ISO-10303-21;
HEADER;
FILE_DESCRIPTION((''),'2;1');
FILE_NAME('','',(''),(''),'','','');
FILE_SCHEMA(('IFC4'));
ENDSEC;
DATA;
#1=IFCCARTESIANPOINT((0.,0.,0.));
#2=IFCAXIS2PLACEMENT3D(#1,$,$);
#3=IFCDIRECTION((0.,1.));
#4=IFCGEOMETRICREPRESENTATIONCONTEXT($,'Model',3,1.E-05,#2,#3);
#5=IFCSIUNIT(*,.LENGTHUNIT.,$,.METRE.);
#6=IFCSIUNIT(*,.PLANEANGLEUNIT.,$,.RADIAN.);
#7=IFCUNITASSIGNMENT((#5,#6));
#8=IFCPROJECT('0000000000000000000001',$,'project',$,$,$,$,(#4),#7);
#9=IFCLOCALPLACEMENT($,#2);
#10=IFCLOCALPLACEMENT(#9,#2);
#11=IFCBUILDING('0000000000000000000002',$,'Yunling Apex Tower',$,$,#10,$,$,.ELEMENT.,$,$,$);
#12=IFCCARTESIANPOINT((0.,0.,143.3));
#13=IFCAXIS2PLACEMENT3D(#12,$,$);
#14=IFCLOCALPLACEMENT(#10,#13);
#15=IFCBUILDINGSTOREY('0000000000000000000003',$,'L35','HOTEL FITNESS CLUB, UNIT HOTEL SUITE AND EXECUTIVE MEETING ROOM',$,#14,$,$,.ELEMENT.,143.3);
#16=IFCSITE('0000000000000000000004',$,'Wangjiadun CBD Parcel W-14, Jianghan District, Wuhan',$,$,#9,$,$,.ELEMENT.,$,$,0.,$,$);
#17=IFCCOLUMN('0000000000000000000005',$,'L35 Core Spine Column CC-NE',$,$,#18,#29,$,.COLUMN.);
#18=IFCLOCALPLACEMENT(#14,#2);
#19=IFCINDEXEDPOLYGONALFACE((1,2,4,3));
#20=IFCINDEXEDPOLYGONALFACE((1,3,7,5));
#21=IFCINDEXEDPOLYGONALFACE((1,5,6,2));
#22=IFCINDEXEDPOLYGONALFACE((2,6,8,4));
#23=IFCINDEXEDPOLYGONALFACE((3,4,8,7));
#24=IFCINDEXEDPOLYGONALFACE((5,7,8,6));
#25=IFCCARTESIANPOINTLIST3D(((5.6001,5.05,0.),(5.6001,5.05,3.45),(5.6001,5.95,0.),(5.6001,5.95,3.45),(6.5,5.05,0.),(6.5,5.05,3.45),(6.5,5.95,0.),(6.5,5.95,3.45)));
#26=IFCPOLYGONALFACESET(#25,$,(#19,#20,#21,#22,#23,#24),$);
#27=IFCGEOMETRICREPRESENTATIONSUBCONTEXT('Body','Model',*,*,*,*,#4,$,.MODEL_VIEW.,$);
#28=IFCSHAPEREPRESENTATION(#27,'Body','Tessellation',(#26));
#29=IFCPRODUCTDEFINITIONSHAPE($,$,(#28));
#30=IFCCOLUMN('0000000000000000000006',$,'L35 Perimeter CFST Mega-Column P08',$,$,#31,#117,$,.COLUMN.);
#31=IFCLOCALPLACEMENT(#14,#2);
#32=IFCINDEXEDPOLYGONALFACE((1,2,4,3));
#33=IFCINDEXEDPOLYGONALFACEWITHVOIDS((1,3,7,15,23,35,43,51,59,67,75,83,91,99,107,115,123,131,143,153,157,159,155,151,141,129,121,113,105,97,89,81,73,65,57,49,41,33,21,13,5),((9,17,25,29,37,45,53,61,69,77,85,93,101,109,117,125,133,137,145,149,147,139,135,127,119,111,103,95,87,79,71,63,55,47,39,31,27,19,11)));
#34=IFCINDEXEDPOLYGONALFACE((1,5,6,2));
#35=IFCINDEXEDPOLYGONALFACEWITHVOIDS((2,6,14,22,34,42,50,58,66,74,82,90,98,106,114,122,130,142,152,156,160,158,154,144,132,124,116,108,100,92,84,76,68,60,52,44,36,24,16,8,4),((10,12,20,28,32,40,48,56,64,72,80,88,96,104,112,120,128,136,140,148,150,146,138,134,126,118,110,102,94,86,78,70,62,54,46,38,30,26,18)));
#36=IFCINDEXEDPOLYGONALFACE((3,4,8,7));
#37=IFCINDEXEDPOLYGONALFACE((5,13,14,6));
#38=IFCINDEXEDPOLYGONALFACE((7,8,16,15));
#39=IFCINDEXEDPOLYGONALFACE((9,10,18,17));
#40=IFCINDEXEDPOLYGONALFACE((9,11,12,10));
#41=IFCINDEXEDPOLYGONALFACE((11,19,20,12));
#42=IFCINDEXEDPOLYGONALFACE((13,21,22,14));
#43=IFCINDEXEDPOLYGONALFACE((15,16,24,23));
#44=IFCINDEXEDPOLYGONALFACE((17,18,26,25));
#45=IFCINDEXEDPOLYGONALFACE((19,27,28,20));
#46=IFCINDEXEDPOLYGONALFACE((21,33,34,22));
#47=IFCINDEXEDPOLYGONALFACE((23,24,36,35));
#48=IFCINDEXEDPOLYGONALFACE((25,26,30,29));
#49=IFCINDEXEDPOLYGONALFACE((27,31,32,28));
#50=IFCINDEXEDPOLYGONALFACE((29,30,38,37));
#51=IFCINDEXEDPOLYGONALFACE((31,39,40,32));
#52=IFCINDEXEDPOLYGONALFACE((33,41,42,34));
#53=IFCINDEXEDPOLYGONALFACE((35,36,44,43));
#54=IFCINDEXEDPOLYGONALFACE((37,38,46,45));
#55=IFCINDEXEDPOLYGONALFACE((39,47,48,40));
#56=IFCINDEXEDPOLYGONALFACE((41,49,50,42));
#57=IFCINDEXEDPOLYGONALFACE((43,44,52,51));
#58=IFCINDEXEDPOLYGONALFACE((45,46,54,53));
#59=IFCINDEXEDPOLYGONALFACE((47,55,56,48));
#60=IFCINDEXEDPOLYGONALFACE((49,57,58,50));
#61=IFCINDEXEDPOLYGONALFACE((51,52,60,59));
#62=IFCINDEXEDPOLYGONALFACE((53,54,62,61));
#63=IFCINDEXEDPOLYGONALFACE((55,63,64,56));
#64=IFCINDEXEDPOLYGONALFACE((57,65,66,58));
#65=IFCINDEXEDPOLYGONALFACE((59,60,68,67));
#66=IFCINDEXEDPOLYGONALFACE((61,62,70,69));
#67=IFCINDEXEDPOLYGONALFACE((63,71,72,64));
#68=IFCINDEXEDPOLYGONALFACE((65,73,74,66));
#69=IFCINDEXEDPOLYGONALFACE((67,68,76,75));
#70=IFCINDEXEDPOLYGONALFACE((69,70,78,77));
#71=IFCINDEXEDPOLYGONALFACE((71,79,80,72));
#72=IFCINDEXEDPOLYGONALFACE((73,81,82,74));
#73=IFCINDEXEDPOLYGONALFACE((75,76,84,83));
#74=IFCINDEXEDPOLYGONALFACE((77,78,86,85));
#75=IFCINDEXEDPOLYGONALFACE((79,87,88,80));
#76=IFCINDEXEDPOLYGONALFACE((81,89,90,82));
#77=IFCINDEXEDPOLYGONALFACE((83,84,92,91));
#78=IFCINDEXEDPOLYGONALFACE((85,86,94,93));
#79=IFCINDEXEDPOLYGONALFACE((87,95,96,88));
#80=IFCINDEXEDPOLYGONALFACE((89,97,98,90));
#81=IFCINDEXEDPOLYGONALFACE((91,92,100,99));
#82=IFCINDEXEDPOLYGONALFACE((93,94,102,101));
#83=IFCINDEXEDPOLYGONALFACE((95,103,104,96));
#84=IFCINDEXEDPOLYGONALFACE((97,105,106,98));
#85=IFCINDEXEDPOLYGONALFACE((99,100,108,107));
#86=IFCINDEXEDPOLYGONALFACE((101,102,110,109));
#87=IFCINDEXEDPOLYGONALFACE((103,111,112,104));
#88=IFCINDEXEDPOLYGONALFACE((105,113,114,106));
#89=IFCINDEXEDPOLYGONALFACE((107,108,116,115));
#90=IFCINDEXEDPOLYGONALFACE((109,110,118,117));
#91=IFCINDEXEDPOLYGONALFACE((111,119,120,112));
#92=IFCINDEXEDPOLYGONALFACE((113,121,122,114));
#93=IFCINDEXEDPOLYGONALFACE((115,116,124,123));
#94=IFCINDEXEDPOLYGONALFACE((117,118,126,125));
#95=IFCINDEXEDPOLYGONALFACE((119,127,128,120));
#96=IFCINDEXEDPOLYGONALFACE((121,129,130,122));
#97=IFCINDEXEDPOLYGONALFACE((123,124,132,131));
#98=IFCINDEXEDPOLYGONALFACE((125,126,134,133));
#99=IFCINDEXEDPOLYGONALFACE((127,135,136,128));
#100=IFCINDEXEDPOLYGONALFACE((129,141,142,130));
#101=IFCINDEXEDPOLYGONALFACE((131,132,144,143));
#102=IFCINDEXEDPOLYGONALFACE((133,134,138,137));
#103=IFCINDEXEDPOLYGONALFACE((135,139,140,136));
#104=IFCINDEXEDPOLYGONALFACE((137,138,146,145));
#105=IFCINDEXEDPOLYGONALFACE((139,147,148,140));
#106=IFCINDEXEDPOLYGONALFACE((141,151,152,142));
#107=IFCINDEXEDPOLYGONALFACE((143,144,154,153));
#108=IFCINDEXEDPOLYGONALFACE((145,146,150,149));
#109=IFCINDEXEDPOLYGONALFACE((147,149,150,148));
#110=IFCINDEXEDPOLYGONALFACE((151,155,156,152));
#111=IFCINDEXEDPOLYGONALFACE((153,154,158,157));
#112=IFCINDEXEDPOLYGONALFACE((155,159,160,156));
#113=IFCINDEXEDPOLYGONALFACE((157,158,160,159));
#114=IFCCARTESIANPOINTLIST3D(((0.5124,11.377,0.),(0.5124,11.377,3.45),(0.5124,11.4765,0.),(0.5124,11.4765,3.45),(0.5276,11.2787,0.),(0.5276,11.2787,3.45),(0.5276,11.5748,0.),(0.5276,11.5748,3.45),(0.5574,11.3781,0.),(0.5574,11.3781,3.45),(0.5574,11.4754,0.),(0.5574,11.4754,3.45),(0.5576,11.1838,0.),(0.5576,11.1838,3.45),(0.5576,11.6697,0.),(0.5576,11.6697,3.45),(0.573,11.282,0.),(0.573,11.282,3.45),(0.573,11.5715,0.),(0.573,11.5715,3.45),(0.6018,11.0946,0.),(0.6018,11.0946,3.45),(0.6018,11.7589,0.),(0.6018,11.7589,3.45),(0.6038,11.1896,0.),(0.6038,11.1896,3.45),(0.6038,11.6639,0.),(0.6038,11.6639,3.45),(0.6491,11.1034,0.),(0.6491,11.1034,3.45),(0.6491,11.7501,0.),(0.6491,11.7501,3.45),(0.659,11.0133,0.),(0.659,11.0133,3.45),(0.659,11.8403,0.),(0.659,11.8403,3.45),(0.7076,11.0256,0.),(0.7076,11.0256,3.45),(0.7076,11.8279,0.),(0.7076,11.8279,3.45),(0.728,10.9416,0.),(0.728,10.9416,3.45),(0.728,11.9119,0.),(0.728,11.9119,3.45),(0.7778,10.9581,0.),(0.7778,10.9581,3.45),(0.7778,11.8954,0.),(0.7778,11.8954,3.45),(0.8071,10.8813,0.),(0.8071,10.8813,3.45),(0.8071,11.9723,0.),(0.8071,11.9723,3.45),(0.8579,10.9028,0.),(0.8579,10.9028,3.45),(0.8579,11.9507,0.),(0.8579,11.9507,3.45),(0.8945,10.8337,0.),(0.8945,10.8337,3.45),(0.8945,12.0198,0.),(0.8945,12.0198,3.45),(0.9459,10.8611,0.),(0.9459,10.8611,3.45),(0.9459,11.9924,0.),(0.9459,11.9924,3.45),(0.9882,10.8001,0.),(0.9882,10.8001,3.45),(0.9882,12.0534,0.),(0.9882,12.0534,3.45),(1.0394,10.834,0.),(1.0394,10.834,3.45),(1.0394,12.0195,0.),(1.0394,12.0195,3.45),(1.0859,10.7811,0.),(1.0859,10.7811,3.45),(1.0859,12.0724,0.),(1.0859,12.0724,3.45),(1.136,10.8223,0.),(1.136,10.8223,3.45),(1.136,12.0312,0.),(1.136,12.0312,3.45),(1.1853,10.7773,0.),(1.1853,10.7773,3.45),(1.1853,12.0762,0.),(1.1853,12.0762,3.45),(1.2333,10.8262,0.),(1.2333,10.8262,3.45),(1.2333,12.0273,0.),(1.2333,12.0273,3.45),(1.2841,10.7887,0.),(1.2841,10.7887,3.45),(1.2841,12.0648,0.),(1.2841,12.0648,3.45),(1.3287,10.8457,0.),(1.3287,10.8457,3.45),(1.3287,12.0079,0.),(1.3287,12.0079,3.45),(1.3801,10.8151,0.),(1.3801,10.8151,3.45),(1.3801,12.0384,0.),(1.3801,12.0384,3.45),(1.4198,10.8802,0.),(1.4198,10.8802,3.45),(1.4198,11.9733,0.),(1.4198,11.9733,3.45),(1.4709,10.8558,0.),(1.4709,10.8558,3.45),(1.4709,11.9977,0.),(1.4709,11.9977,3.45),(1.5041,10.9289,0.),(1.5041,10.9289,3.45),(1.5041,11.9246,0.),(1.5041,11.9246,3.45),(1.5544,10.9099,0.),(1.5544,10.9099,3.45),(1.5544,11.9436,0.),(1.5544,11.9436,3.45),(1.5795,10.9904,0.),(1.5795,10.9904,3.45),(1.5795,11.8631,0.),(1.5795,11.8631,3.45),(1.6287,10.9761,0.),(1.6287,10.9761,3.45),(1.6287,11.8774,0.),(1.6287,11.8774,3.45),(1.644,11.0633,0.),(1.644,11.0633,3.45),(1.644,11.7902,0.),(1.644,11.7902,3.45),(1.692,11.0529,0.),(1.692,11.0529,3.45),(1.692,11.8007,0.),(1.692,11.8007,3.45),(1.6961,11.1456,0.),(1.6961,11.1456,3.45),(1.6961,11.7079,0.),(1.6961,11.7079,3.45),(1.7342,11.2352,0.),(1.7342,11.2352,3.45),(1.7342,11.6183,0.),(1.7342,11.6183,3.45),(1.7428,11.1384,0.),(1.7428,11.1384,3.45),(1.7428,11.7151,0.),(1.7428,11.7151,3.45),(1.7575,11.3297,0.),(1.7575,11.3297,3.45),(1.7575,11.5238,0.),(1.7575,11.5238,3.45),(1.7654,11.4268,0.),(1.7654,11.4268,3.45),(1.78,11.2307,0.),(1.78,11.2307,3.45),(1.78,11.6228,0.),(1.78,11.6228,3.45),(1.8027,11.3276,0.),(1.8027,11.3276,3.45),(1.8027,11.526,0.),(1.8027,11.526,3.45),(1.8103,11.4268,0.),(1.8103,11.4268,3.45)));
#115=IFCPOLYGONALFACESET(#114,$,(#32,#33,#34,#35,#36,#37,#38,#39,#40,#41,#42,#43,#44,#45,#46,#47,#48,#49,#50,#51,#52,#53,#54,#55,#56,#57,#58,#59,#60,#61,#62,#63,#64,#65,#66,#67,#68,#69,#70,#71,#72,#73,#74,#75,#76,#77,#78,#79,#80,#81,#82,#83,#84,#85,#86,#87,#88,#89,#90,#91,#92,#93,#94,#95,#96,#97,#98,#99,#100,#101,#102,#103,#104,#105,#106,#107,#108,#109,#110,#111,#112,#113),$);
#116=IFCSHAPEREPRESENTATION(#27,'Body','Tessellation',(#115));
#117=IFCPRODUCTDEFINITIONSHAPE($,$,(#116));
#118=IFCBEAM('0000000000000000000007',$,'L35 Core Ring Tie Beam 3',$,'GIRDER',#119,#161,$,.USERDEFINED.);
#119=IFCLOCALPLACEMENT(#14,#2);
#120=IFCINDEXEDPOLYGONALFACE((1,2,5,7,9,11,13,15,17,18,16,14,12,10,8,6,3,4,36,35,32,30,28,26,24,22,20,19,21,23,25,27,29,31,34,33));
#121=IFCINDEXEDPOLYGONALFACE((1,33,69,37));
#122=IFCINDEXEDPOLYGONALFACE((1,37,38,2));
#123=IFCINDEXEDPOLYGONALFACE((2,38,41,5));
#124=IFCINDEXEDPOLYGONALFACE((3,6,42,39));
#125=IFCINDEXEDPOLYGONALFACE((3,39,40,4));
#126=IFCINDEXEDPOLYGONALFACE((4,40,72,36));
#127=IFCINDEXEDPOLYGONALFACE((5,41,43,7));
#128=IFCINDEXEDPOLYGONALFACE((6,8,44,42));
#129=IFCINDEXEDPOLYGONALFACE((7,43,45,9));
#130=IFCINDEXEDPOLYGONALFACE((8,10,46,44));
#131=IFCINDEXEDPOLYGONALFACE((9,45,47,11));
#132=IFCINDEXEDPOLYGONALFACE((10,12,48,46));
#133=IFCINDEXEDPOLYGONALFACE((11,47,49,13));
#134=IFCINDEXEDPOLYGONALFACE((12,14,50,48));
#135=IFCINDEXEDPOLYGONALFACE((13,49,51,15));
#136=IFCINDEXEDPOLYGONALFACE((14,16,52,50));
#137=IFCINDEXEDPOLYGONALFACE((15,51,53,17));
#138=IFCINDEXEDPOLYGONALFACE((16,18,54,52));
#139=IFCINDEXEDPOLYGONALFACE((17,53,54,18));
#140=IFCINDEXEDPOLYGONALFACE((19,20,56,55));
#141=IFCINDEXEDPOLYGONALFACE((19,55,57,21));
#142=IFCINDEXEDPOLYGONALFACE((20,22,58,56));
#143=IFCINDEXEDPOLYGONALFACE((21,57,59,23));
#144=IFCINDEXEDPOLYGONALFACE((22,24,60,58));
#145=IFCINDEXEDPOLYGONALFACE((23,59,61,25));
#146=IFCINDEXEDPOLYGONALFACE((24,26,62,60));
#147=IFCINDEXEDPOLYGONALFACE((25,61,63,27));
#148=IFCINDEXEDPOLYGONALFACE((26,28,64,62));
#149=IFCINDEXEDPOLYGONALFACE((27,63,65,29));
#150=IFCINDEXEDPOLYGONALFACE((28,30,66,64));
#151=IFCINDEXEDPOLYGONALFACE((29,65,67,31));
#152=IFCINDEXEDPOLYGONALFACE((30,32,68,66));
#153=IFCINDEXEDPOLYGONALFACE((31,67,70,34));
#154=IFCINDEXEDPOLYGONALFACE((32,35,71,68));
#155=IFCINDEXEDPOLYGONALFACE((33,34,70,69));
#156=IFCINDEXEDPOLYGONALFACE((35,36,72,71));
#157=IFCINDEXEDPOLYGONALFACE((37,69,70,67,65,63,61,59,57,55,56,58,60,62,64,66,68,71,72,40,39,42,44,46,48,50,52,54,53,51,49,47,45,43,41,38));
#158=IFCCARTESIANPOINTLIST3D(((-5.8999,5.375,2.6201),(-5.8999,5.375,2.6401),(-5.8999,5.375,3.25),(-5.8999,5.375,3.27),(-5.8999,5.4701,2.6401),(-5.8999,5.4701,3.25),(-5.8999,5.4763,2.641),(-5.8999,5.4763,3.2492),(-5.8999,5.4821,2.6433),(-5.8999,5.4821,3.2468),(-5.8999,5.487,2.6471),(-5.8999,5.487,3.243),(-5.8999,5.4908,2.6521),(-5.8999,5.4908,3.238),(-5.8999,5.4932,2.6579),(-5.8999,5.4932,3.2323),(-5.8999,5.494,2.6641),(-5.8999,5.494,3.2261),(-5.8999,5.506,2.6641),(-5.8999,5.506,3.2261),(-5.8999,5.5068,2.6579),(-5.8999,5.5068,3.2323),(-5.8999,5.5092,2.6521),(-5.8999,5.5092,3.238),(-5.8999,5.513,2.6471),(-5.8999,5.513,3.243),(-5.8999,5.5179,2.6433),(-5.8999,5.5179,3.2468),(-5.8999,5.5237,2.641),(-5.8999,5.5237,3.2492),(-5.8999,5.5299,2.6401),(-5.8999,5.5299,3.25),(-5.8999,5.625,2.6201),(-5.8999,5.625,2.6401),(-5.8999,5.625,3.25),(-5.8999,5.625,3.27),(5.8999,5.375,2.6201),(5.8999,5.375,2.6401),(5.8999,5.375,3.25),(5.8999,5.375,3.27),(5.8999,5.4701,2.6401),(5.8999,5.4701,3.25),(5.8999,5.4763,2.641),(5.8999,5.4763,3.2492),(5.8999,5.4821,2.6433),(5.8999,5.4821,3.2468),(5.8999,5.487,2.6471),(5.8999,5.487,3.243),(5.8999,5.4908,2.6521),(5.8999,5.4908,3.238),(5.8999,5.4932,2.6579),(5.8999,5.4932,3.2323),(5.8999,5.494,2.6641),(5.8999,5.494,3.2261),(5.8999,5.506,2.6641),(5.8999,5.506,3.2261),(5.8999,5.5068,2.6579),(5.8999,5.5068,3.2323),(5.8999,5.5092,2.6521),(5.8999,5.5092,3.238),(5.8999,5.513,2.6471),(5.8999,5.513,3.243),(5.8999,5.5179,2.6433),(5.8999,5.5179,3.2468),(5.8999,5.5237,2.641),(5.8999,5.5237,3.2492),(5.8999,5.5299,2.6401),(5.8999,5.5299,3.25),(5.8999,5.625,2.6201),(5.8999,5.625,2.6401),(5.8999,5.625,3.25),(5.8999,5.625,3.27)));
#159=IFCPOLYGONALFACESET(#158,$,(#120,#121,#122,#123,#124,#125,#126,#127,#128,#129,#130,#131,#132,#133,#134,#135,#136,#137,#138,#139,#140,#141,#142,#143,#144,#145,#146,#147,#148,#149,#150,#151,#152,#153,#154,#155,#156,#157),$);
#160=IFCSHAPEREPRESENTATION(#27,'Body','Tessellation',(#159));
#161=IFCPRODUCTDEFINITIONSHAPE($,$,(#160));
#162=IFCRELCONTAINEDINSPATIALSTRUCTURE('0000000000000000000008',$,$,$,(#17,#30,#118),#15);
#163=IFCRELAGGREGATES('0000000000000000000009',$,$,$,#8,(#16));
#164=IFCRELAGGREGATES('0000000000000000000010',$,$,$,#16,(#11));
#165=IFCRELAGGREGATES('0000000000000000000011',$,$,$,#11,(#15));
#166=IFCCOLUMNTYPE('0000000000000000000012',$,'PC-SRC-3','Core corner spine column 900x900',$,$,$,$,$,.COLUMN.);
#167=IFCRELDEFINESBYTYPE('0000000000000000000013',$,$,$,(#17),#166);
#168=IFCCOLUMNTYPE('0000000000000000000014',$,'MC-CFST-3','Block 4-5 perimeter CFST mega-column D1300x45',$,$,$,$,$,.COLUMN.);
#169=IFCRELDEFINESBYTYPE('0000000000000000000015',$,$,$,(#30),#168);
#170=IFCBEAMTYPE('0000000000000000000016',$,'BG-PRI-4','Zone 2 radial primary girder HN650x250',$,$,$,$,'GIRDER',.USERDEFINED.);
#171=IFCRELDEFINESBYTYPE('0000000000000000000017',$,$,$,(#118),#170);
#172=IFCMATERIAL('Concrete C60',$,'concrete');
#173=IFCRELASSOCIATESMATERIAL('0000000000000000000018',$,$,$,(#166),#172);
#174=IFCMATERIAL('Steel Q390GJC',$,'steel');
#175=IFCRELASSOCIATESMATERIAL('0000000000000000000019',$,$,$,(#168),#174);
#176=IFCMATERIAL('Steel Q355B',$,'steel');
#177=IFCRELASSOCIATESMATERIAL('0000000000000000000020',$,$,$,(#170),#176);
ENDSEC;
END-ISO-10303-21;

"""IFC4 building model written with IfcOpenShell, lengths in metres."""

from ifc_helpers import new_model, si_unit, direction, frame, origin, origin_2d, place, context, subcontext, project, spatial, rectangle, hollow_circle, i_section, extrude, source, transform, mapped, material, material_profile, profile_set, type_object, element, save


model = new_model("IFC4")

# Units and contexts
model_context = context("Model", 3, precision=1e-05, world=origin(), true_north=direction((0.0, 1.0)))
body_context = subcontext(model_context, "Body", "Model", "MODEL_VIEW")
ifc_project = project(units=[si_unit("LENGTHUNIT", "METRE"), si_unit("PLANEANGLEUNIT", "RADIAN")], contexts=[model_context])

# Site, building, storey
site_placement = place(None, origin())
site = spatial("IfcSite", under=ifc_project, at=site_placement, Name="Wangjiadun CBD Parcel W-14, Jianghan District, Wuhan", CompositionType="ELEMENT", RefElevation=0.0)
building_placement = place(site_placement, origin())
building = spatial("IfcBuilding", under=site, at=building_placement, Name="Yunling Apex Tower", CompositionType="ELEMENT")
storey_placement = place(building_placement, frame((0.0, 0.0, 143.3)))
storey = spatial("IfcBuildingStorey", under=building, at=storey_placement, Name="L35", Description="HOTEL FITNESS CLUB, UNIT HOTEL SUITE AND EXECUTIVE MEETING ROOM", CompositionType="ELEMENT", Elevation=143.3)

# Columns
ifc_material_1 = material(Name="Concrete C60", Category="concrete")
ifc_material_profile_1 = material_profile(ifc_material_1, rectangle(XDim=0.8999, YDim=0.8999, at=origin_2d()))
ifc_profile_set_1 = profile_set([ifc_material_profile_1], Name="Concrete C60")
column_type_1 = type_object("IfcColumnType", Name="PC-SRC-3", Description="Core corner spine column 900x900", PredefinedType="COLUMN", material=ifc_profile_set_1)
shared_shape_1 = source(origin(), body_context, "Body", "SweptSolid", [
    extrude(rectangle(XDim=0.8999, YDim=0.8999, at=origin_2d()), origin(), (0.0, 0.0, 1.0), 3.45),
])
column_1_placement = place(storey_placement, frame((6.05, 5.5, 0.0), z_axis=(0.0, 0.0, 1.0), x_axis=(1.0, 0.0, 0.0)))
element("IfcColumn", 1, at=column_1_placement, inside=storey, type_object=column_type_1, Name="L35 Core Spine Column CC-NE", PredefinedType="COLUMN", context=body_context, shape_type="MappedRepresentation", body=[
    mapped(shared_shape_1, transform((0.0, 0.0, 0.0), scale=1.0)),
])
ifc_material_2 = material(Name="Steel Q390GJC", Category="steel")
ifc_material_profile_2 = material_profile(ifc_material_2, hollow_circle(Radius=0.6499, WallThickness=0.0449, at=origin_2d()))
ifc_profile_set_2 = profile_set([ifc_material_profile_2], Name="Steel Q390GJC")
column_type_2 = type_object("IfcColumnType", Name="MC-CFST-3", Description="Block 4-5 perimeter CFST mega-column D1300x45", PredefinedType="COLUMN", material=ifc_profile_set_2)
shared_shape_2 = source(origin(), body_context, "Body", "SweptSolid", [
    extrude(hollow_circle(Radius=0.6499, WallThickness=0.0449, at=origin_2d()), origin(), (0.0, 0.0, 1.0), 3.45),
])
column_2_placement = place(storey_placement, frame((1.1604, 11.4268, 0.0), z_axis=(0.0, 0.0, 1.0), x_axis=(1.0, 0.0, 0.0)))
element("IfcColumn", 2, at=column_2_placement, inside=storey, type_object=column_type_2, Name="L35 Perimeter CFST Mega-Column P08", PredefinedType="COLUMN", context=body_context, shape_type="MappedRepresentation", body=[
    mapped(shared_shape_2, transform((0.0, 0.0, 0.0), scale=1.0)),
])

# Beam
ifc_material_3 = material(Name="Steel Q355B", Category="steel")
ifc_material_profile_3 = material_profile(ifc_material_3, i_section(OverallWidth=0.25, OverallDepth=0.6499, WebThickness=0.012, FlangeThickness=0.02, FilletRadius=0.0239, at=origin_2d()))
ifc_profile_set_3 = profile_set([ifc_material_profile_3], Name="Steel Q355B")
beam_type_1 = type_object("IfcBeamType", Name="BG-PRI-4", Description="Zone 2 radial primary girder HN650x250", ElementType="GIRDER", PredefinedType="USERDEFINED", material=ifc_profile_set_3)
shared_shape_3 = source(origin(), body_context, "Body", "SweptSolid", [
    extrude(i_section(OverallWidth=0.25, OverallDepth=0.6499, WebThickness=0.012, FlangeThickness=0.02, FilletRadius=0.0239, at=origin_2d()), origin(), (0.0, 0.0, 1.0), 11.7998),
])
beam_1_placement = place(storey_placement, frame((5.8999, 5.5, 2.9451), z_axis=(-1.0, 0.0, 0.0), x_axis=(0.0, -1.0, 0.0)))
element("IfcBeam", 3, at=beam_1_placement, inside=storey, type_object=beam_type_1, Name="L35 Core Ring Tie Beam 3", ObjectType="GIRDER", PredefinedType="USERDEFINED", context=body_context, shape_type="MappedRepresentation", body=[
    mapped(shared_shape_3, transform((0.0, 0.0, 0.0), scale=1.0)),
])

save(model, "model.ifc")
